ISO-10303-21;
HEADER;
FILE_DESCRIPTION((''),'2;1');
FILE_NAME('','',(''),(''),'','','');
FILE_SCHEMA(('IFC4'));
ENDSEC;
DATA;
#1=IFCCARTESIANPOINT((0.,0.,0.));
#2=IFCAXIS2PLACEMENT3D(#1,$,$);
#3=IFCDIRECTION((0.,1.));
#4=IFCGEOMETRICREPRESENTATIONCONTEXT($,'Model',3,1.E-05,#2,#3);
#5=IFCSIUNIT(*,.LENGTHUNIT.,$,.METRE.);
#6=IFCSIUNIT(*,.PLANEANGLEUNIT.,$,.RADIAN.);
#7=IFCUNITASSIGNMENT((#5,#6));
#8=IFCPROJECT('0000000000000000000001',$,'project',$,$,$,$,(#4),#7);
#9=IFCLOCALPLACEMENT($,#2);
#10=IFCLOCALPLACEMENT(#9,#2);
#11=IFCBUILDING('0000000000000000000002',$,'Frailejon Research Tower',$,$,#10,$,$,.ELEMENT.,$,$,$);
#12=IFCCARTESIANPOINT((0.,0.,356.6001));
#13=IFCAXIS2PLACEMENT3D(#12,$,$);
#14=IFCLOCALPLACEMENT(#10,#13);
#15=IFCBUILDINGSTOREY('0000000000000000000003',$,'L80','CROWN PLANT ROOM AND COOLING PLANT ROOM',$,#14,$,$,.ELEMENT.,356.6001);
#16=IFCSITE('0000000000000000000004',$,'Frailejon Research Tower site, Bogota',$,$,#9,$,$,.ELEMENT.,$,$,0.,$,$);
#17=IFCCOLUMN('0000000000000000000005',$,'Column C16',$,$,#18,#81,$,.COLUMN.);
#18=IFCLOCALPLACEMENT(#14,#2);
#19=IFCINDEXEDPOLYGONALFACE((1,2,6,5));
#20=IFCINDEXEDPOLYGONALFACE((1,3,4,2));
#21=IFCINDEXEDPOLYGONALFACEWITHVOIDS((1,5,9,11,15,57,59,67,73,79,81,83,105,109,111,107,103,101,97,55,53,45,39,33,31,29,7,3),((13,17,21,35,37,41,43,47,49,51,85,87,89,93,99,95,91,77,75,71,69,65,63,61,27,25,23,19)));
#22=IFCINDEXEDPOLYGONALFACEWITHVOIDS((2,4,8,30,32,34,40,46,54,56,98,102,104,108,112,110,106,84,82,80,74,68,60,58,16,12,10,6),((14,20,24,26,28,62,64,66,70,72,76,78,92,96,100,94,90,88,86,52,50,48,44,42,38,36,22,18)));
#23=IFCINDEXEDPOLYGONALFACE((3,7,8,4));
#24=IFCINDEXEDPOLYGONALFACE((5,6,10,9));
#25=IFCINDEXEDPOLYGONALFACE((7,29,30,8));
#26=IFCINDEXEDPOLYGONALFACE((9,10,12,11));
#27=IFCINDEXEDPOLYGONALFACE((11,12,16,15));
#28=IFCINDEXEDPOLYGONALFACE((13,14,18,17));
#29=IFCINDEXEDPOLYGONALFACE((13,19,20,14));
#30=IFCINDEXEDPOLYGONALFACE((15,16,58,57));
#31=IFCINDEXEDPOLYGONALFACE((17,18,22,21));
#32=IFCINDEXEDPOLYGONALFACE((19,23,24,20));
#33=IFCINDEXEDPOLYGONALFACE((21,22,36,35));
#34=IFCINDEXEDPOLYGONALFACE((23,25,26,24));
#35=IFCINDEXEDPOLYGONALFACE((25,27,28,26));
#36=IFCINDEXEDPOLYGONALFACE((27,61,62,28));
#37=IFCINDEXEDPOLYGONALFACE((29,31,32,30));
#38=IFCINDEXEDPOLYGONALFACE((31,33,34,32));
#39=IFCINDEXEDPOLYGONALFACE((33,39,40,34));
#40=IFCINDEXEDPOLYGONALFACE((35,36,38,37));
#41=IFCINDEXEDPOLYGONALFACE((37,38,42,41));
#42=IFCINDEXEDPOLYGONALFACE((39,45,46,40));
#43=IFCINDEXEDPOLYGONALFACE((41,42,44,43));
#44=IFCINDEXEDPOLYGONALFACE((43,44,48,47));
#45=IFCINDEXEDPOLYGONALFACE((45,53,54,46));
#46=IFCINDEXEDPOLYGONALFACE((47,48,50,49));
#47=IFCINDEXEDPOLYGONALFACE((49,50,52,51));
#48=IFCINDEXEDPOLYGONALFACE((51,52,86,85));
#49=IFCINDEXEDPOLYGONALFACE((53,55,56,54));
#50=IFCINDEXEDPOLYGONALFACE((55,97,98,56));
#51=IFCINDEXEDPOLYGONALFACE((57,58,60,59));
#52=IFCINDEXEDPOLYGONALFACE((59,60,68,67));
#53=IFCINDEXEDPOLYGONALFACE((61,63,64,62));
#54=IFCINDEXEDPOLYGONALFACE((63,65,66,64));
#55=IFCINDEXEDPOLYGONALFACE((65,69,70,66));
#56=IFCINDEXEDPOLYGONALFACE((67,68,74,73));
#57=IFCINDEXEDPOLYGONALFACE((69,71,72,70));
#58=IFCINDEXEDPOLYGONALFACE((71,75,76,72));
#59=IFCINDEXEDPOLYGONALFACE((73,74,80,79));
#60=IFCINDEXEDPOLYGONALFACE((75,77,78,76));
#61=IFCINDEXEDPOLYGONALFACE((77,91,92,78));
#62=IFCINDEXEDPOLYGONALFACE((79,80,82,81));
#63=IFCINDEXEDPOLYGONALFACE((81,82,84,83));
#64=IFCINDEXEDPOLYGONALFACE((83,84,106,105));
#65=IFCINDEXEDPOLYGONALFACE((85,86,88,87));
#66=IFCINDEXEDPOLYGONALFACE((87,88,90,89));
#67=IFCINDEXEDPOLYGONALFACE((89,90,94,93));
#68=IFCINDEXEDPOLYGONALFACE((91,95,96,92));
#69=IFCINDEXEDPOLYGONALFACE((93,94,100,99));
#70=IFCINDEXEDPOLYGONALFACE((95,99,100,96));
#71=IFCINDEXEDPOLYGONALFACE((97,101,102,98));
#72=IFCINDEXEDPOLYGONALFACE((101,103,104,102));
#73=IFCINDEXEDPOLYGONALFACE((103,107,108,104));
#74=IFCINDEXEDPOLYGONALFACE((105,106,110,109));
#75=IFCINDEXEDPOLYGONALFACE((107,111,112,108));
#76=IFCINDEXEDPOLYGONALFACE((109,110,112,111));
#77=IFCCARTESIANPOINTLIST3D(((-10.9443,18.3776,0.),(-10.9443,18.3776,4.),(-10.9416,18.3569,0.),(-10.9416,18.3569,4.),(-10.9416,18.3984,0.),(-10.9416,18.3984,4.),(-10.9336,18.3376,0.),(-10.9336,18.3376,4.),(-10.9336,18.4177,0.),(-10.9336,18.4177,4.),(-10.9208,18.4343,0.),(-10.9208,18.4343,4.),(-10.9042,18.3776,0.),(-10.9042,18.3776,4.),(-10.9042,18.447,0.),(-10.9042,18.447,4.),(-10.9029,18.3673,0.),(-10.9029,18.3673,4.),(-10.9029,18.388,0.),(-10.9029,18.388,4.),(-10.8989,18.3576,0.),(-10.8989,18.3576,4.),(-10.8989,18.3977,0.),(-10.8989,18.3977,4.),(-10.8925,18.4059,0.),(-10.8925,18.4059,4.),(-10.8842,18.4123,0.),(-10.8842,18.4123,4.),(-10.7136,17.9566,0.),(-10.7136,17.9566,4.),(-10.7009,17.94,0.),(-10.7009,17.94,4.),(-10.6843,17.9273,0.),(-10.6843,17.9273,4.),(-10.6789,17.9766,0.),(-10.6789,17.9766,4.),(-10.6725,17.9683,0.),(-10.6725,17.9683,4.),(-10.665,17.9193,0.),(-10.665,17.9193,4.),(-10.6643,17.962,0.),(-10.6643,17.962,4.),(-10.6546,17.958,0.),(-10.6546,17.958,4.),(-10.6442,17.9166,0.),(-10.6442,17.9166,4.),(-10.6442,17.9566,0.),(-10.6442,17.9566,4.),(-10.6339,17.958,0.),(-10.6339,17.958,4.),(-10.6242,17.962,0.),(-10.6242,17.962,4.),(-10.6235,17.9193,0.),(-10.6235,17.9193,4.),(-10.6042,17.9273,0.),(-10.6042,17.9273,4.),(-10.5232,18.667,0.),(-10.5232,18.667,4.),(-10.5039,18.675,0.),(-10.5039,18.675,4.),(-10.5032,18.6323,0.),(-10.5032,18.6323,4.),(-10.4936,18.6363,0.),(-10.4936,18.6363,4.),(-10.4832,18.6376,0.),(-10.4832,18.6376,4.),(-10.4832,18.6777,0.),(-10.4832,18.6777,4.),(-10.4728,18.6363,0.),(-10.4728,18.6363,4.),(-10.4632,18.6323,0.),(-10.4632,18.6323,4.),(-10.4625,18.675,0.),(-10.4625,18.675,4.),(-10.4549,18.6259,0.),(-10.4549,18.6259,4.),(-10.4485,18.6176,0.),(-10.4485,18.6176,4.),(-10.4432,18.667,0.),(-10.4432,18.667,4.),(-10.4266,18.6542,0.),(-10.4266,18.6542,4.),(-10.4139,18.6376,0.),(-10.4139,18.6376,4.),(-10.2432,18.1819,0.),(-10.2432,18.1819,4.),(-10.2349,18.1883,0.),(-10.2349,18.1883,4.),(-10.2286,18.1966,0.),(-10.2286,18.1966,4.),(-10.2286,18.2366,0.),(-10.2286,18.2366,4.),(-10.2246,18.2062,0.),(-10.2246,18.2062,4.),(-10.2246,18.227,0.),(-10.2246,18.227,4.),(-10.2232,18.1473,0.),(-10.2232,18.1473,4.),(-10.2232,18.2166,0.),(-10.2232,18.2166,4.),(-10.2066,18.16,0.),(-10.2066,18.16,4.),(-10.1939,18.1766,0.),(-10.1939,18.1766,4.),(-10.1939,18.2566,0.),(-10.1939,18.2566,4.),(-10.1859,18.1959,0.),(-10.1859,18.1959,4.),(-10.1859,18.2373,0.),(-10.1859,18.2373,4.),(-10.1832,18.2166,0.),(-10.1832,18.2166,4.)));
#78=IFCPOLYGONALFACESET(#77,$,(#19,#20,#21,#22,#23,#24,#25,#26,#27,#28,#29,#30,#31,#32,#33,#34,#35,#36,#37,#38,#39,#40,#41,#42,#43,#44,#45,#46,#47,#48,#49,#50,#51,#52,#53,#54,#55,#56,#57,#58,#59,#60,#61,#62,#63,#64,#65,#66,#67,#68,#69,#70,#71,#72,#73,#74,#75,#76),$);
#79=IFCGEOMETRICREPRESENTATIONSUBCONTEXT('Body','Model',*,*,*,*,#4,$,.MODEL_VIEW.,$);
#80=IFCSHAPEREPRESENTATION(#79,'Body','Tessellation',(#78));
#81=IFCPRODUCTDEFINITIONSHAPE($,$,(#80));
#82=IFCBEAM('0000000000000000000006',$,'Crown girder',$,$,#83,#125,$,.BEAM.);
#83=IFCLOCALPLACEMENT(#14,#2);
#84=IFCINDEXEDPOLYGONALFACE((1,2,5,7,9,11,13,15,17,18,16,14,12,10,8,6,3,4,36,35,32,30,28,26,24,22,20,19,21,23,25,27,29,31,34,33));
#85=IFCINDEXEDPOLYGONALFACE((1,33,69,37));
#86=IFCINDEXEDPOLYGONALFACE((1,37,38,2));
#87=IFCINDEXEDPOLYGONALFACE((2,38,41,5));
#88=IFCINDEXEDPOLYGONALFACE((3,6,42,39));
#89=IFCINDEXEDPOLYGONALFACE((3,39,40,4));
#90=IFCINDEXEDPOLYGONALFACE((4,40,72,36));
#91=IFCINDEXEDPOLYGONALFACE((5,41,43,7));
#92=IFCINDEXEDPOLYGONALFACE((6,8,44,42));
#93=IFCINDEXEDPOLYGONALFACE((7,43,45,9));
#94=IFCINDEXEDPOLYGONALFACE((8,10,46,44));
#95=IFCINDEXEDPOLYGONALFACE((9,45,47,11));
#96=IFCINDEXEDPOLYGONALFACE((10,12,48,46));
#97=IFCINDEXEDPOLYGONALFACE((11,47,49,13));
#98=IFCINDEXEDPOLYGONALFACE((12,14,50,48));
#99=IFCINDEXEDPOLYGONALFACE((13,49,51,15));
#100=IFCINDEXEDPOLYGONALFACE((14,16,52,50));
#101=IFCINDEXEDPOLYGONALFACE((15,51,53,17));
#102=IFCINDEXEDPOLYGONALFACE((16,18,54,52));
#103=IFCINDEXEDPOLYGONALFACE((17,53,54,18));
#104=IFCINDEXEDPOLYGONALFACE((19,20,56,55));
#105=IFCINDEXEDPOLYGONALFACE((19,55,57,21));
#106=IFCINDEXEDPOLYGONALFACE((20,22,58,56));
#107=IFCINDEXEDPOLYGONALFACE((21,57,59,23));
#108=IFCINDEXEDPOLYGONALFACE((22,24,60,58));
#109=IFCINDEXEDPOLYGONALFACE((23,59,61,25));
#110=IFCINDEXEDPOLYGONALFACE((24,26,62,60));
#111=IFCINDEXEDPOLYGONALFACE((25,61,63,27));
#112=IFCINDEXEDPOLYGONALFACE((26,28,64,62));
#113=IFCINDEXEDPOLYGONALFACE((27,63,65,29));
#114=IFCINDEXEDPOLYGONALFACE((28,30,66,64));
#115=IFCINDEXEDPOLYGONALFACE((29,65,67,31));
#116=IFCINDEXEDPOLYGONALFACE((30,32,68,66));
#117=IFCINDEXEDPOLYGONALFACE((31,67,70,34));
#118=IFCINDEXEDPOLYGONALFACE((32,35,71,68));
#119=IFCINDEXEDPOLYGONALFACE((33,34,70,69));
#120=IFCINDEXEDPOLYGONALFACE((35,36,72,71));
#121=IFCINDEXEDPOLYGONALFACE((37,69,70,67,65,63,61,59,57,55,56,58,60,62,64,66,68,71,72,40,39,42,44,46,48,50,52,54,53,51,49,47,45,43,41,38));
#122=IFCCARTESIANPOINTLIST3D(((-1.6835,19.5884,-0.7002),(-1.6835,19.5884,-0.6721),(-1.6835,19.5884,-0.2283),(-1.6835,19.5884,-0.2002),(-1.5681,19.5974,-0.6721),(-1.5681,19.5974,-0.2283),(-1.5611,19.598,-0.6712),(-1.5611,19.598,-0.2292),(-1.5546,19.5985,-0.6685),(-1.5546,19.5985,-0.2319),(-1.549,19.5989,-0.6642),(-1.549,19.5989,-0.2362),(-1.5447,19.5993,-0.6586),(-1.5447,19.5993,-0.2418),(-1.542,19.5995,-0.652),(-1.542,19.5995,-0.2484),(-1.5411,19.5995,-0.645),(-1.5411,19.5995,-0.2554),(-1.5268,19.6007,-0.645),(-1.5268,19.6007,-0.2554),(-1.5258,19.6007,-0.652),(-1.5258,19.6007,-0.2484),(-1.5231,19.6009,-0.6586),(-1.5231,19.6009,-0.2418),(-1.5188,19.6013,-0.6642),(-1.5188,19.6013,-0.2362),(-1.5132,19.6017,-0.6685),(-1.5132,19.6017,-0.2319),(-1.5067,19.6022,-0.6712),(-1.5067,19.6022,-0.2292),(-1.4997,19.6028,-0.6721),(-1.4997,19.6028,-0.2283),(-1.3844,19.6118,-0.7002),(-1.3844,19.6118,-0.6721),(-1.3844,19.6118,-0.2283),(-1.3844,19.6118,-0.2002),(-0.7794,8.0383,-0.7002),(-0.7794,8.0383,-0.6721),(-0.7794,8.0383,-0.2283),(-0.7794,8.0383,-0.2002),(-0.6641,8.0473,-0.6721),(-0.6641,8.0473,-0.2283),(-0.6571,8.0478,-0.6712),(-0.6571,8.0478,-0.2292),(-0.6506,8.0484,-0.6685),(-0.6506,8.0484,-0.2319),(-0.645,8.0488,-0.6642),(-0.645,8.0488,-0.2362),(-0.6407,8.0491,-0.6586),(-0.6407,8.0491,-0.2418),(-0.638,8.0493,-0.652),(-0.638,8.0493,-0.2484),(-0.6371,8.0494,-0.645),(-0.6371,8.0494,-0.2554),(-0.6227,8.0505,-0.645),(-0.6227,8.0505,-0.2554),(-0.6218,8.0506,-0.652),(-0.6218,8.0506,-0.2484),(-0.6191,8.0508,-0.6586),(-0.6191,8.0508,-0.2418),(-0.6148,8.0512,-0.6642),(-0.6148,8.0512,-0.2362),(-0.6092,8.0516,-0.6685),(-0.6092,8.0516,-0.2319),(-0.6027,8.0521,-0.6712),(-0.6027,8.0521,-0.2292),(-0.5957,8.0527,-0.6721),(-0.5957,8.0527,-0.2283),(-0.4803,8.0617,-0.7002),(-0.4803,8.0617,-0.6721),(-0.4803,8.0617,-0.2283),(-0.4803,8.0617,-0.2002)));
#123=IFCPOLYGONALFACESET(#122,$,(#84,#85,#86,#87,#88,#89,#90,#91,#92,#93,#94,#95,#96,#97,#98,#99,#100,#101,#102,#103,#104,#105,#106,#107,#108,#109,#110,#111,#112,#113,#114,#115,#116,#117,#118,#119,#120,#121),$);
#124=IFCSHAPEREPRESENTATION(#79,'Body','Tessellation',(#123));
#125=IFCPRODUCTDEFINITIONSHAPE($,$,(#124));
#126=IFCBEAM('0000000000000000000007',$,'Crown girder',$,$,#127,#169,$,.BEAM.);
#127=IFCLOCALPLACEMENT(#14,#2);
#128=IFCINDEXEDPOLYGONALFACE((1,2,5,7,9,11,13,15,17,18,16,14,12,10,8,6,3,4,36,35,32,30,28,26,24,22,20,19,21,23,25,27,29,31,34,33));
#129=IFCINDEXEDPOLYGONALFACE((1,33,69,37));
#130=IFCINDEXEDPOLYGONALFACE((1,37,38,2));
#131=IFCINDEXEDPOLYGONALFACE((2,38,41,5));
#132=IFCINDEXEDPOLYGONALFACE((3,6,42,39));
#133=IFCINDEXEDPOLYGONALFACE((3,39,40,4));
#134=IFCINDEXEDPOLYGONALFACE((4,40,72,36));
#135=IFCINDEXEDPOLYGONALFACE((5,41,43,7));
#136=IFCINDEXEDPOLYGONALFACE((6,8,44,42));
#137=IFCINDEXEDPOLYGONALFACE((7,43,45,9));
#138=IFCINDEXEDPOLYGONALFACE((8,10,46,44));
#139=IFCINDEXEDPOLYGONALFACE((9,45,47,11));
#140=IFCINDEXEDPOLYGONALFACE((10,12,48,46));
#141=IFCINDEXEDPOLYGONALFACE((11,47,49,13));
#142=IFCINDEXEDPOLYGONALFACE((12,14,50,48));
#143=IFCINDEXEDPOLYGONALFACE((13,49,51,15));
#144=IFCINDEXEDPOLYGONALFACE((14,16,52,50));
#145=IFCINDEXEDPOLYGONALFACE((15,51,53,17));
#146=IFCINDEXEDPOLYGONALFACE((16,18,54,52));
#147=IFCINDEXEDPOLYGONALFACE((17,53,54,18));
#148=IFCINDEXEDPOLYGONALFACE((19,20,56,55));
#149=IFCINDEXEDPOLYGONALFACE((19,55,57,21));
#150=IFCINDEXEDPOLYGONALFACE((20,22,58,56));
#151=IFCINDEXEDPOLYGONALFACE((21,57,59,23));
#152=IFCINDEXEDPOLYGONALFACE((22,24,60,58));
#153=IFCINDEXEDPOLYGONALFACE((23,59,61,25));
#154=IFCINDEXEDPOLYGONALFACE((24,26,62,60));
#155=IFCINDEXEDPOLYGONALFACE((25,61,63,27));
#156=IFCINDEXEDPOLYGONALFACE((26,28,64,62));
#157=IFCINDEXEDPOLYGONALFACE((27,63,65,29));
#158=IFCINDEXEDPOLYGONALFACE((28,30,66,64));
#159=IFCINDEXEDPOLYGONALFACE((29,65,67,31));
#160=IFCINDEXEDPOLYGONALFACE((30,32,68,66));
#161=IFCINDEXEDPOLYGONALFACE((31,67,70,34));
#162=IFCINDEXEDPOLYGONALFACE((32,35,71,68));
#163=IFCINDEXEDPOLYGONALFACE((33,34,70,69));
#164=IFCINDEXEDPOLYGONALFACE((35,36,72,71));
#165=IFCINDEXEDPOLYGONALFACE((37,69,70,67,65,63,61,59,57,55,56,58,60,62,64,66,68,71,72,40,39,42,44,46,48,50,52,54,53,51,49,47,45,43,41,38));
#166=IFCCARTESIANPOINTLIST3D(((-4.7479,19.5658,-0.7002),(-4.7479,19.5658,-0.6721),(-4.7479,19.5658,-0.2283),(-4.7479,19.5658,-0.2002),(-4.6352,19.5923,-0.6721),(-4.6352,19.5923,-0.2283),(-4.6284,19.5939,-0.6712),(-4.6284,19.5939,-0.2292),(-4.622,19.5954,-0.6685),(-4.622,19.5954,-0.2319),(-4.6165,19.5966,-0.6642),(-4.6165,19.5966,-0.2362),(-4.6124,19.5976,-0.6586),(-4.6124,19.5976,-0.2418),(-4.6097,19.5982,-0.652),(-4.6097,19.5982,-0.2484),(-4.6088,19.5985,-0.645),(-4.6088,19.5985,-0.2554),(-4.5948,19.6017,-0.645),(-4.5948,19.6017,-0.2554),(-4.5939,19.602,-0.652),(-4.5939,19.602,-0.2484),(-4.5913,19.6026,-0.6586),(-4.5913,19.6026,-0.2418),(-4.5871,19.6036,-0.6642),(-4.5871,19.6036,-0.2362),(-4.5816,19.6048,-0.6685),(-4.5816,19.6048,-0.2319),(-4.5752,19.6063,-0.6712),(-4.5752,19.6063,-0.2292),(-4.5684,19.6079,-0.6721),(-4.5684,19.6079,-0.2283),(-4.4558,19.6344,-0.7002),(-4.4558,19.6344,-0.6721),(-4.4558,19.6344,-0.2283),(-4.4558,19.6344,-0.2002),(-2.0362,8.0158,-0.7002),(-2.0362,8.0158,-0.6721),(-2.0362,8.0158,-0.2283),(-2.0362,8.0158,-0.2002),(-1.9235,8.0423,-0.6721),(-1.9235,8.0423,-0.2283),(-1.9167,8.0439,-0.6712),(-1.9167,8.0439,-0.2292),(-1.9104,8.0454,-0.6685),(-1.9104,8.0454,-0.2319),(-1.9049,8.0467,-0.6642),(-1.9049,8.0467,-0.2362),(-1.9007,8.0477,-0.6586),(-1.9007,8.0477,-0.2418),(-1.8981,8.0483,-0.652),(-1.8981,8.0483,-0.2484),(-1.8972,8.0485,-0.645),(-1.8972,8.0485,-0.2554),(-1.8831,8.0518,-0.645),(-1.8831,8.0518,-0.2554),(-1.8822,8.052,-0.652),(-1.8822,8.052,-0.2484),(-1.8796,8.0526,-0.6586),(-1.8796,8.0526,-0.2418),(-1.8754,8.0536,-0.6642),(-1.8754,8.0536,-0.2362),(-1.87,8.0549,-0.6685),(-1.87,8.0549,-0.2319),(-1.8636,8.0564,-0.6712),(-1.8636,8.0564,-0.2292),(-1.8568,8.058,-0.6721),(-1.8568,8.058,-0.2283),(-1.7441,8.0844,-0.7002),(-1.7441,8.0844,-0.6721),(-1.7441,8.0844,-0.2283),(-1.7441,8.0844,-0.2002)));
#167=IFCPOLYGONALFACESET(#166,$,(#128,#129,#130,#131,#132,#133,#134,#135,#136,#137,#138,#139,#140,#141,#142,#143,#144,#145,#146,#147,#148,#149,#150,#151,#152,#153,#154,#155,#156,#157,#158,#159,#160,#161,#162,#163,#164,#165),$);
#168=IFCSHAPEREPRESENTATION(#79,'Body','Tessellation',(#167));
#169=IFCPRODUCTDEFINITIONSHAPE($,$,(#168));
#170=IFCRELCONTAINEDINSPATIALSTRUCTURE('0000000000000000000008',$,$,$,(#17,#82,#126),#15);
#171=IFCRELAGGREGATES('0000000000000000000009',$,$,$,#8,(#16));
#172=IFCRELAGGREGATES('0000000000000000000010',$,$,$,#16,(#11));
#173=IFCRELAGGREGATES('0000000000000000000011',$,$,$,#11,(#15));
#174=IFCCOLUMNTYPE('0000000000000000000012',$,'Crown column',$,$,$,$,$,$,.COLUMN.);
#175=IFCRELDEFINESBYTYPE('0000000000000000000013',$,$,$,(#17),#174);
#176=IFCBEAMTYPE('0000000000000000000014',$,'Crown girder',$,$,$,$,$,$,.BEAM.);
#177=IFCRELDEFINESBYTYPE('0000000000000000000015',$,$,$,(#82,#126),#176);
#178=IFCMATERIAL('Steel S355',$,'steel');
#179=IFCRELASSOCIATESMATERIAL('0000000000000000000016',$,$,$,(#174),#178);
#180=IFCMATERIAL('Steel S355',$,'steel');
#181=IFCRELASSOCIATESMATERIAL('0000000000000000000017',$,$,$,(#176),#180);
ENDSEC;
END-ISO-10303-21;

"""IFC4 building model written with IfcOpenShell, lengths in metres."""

from ifc_helpers import new_model, si_unit, direction, frame, origin, origin_2d, place, context, subcontext, project, spatial, hollow_rectangle, i_section, extrude, material, material_profile, profile_set, type_object, element, save


model = new_model("IFC4")

# Units and contexts
model_context = context("Model", 3, precision=1e-05, world=origin(), true_north=direction((0.0, 1.0)))
body_context = subcontext(model_context, "Body", "Model", "MODEL_VIEW")
ifc_project = project(units=[si_unit("LENGTHUNIT", "METRE"), si_unit("PLANEANGLEUNIT", "RADIAN")], contexts=[model_context])

# Site, building, storey
site_placement = place(None, origin())
site = spatial("IfcSite", under=ifc_project, at=site_placement, Name="Frailejon Research Tower site, Bogota", CompositionType="ELEMENT", RefElevation=0.0)
building_placement = place(site_placement, origin())
building = spatial("IfcBuilding", under=site, at=building_placement, Name="Frailejon Research Tower", CompositionType="ELEMENT")
storey_placement = place(building_placement, frame((0.0, 0.0, 356.6001)))
storey = spatial("IfcBuildingStorey", under=building, at=storey_placement, Name="L80", Description="CROWN PLANT ROOM AND COOLING PLANT ROOM", CompositionType="ELEMENT", Elevation=356.6001)

# Column
ifc_material_1 = material(Name="Steel S355", Category="steel")
ifc_material_profile_1 = material_profile(ifc_material_1, hollow_rectangle(XDim=0.6001, YDim=0.6001, WallThickness=0.04, InnerFilletRadius=0.04, OuterFilletRadius=0.0801, at=origin_2d()), Name="Crown column")
ifc_profile_set_1 = profile_set([ifc_material_profile_1], Name="Steel S355")
column_type = type_object("IfcColumnType", Name="Crown column", PredefinedType="COLUMN", material=ifc_profile_set_1)
for number, where, z_axis, x_axis, name in (
    (1, (-10.5637, 18.2971, 0.0), (0.0, 0.0, 1.0), (-0.866025, -0.5, 0.0), "Column C16"),
):
    element("IfcColumn", number, at=place(storey_placement, frame(where, z_axis=z_axis, x_axis=x_axis)), inside=storey, type_object=column_type, Name=name, PredefinedType="COLUMN", context=body_context, shape_type="SweptSolid", body=[
        extrude(hollow_rectangle(XDim=0.6001, YDim=0.6001, WallThickness=0.04, InnerFilletRadius=0.04, OuterFilletRadius=0.0801, at=origin_2d()), origin(), (0.0, 0.0, 1.0), 4.0),
    ])

# Beams
ifc_material_2 = material(Name="Steel S355", Category="steel")
ifc_material_profile_2 = material_profile(ifc_material_2, i_section(OverallWidth=0.3, OverallDepth=0.5, WebThickness=0.0144, FlangeThickness=0.0281, FilletRadius=0.0271, at=origin_2d()), Name="HE 500 B")
ifc_profile_set_2 = profile_set([ifc_material_profile_2], Name="Steel S355")
beam_type_1 = type_object("IfcBeamType", Name="Crown girder", PredefinedType="BEAM", material=ifc_profile_set_2)
beam_1_placement = place(storey_placement, frame((-1.5339, 19.6001, -0.4502), z_axis=(0.078034, -0.996951, 0.0), x_axis=(0.996951, 0.078034, 0.0)))
element("IfcBeam", 2, at=beam_1_placement, inside=storey, type_object=beam_type_1, Name="Crown girder", PredefinedType="BEAM", context=body_context, shape_type="SweptSolid", body=[
    extrude(i_section(OverallWidth=0.3, OverallDepth=0.5, WebThickness=0.0144, FlangeThickness=0.0281, FilletRadius=0.0271, at=origin_2d()), origin(), (0.0, 0.0, 1.0), 11.5854),
])
beam_2_placement = place(storey_placement, frame((-4.6018, 19.6001, -0.4502), z_axis=(0.228561, -0.97353, 0.0), x_axis=(0.97353, 0.228561, 0.0)))
element("IfcBeam", 3, at=beam_2_placement, inside=storey, type_object=beam_type_1, Name="Crown girder", PredefinedType="BEAM", context=body_context, shape_type="SweptSolid", body=[
    extrude(i_section(OverallWidth=0.3, OverallDepth=0.5, WebThickness=0.0144, FlangeThickness=0.0281, FilletRadius=0.0271, at=origin_2d()), origin(), (0.0, 0.0, 1.0), 11.864),
])

save(model, "model.ifc")
